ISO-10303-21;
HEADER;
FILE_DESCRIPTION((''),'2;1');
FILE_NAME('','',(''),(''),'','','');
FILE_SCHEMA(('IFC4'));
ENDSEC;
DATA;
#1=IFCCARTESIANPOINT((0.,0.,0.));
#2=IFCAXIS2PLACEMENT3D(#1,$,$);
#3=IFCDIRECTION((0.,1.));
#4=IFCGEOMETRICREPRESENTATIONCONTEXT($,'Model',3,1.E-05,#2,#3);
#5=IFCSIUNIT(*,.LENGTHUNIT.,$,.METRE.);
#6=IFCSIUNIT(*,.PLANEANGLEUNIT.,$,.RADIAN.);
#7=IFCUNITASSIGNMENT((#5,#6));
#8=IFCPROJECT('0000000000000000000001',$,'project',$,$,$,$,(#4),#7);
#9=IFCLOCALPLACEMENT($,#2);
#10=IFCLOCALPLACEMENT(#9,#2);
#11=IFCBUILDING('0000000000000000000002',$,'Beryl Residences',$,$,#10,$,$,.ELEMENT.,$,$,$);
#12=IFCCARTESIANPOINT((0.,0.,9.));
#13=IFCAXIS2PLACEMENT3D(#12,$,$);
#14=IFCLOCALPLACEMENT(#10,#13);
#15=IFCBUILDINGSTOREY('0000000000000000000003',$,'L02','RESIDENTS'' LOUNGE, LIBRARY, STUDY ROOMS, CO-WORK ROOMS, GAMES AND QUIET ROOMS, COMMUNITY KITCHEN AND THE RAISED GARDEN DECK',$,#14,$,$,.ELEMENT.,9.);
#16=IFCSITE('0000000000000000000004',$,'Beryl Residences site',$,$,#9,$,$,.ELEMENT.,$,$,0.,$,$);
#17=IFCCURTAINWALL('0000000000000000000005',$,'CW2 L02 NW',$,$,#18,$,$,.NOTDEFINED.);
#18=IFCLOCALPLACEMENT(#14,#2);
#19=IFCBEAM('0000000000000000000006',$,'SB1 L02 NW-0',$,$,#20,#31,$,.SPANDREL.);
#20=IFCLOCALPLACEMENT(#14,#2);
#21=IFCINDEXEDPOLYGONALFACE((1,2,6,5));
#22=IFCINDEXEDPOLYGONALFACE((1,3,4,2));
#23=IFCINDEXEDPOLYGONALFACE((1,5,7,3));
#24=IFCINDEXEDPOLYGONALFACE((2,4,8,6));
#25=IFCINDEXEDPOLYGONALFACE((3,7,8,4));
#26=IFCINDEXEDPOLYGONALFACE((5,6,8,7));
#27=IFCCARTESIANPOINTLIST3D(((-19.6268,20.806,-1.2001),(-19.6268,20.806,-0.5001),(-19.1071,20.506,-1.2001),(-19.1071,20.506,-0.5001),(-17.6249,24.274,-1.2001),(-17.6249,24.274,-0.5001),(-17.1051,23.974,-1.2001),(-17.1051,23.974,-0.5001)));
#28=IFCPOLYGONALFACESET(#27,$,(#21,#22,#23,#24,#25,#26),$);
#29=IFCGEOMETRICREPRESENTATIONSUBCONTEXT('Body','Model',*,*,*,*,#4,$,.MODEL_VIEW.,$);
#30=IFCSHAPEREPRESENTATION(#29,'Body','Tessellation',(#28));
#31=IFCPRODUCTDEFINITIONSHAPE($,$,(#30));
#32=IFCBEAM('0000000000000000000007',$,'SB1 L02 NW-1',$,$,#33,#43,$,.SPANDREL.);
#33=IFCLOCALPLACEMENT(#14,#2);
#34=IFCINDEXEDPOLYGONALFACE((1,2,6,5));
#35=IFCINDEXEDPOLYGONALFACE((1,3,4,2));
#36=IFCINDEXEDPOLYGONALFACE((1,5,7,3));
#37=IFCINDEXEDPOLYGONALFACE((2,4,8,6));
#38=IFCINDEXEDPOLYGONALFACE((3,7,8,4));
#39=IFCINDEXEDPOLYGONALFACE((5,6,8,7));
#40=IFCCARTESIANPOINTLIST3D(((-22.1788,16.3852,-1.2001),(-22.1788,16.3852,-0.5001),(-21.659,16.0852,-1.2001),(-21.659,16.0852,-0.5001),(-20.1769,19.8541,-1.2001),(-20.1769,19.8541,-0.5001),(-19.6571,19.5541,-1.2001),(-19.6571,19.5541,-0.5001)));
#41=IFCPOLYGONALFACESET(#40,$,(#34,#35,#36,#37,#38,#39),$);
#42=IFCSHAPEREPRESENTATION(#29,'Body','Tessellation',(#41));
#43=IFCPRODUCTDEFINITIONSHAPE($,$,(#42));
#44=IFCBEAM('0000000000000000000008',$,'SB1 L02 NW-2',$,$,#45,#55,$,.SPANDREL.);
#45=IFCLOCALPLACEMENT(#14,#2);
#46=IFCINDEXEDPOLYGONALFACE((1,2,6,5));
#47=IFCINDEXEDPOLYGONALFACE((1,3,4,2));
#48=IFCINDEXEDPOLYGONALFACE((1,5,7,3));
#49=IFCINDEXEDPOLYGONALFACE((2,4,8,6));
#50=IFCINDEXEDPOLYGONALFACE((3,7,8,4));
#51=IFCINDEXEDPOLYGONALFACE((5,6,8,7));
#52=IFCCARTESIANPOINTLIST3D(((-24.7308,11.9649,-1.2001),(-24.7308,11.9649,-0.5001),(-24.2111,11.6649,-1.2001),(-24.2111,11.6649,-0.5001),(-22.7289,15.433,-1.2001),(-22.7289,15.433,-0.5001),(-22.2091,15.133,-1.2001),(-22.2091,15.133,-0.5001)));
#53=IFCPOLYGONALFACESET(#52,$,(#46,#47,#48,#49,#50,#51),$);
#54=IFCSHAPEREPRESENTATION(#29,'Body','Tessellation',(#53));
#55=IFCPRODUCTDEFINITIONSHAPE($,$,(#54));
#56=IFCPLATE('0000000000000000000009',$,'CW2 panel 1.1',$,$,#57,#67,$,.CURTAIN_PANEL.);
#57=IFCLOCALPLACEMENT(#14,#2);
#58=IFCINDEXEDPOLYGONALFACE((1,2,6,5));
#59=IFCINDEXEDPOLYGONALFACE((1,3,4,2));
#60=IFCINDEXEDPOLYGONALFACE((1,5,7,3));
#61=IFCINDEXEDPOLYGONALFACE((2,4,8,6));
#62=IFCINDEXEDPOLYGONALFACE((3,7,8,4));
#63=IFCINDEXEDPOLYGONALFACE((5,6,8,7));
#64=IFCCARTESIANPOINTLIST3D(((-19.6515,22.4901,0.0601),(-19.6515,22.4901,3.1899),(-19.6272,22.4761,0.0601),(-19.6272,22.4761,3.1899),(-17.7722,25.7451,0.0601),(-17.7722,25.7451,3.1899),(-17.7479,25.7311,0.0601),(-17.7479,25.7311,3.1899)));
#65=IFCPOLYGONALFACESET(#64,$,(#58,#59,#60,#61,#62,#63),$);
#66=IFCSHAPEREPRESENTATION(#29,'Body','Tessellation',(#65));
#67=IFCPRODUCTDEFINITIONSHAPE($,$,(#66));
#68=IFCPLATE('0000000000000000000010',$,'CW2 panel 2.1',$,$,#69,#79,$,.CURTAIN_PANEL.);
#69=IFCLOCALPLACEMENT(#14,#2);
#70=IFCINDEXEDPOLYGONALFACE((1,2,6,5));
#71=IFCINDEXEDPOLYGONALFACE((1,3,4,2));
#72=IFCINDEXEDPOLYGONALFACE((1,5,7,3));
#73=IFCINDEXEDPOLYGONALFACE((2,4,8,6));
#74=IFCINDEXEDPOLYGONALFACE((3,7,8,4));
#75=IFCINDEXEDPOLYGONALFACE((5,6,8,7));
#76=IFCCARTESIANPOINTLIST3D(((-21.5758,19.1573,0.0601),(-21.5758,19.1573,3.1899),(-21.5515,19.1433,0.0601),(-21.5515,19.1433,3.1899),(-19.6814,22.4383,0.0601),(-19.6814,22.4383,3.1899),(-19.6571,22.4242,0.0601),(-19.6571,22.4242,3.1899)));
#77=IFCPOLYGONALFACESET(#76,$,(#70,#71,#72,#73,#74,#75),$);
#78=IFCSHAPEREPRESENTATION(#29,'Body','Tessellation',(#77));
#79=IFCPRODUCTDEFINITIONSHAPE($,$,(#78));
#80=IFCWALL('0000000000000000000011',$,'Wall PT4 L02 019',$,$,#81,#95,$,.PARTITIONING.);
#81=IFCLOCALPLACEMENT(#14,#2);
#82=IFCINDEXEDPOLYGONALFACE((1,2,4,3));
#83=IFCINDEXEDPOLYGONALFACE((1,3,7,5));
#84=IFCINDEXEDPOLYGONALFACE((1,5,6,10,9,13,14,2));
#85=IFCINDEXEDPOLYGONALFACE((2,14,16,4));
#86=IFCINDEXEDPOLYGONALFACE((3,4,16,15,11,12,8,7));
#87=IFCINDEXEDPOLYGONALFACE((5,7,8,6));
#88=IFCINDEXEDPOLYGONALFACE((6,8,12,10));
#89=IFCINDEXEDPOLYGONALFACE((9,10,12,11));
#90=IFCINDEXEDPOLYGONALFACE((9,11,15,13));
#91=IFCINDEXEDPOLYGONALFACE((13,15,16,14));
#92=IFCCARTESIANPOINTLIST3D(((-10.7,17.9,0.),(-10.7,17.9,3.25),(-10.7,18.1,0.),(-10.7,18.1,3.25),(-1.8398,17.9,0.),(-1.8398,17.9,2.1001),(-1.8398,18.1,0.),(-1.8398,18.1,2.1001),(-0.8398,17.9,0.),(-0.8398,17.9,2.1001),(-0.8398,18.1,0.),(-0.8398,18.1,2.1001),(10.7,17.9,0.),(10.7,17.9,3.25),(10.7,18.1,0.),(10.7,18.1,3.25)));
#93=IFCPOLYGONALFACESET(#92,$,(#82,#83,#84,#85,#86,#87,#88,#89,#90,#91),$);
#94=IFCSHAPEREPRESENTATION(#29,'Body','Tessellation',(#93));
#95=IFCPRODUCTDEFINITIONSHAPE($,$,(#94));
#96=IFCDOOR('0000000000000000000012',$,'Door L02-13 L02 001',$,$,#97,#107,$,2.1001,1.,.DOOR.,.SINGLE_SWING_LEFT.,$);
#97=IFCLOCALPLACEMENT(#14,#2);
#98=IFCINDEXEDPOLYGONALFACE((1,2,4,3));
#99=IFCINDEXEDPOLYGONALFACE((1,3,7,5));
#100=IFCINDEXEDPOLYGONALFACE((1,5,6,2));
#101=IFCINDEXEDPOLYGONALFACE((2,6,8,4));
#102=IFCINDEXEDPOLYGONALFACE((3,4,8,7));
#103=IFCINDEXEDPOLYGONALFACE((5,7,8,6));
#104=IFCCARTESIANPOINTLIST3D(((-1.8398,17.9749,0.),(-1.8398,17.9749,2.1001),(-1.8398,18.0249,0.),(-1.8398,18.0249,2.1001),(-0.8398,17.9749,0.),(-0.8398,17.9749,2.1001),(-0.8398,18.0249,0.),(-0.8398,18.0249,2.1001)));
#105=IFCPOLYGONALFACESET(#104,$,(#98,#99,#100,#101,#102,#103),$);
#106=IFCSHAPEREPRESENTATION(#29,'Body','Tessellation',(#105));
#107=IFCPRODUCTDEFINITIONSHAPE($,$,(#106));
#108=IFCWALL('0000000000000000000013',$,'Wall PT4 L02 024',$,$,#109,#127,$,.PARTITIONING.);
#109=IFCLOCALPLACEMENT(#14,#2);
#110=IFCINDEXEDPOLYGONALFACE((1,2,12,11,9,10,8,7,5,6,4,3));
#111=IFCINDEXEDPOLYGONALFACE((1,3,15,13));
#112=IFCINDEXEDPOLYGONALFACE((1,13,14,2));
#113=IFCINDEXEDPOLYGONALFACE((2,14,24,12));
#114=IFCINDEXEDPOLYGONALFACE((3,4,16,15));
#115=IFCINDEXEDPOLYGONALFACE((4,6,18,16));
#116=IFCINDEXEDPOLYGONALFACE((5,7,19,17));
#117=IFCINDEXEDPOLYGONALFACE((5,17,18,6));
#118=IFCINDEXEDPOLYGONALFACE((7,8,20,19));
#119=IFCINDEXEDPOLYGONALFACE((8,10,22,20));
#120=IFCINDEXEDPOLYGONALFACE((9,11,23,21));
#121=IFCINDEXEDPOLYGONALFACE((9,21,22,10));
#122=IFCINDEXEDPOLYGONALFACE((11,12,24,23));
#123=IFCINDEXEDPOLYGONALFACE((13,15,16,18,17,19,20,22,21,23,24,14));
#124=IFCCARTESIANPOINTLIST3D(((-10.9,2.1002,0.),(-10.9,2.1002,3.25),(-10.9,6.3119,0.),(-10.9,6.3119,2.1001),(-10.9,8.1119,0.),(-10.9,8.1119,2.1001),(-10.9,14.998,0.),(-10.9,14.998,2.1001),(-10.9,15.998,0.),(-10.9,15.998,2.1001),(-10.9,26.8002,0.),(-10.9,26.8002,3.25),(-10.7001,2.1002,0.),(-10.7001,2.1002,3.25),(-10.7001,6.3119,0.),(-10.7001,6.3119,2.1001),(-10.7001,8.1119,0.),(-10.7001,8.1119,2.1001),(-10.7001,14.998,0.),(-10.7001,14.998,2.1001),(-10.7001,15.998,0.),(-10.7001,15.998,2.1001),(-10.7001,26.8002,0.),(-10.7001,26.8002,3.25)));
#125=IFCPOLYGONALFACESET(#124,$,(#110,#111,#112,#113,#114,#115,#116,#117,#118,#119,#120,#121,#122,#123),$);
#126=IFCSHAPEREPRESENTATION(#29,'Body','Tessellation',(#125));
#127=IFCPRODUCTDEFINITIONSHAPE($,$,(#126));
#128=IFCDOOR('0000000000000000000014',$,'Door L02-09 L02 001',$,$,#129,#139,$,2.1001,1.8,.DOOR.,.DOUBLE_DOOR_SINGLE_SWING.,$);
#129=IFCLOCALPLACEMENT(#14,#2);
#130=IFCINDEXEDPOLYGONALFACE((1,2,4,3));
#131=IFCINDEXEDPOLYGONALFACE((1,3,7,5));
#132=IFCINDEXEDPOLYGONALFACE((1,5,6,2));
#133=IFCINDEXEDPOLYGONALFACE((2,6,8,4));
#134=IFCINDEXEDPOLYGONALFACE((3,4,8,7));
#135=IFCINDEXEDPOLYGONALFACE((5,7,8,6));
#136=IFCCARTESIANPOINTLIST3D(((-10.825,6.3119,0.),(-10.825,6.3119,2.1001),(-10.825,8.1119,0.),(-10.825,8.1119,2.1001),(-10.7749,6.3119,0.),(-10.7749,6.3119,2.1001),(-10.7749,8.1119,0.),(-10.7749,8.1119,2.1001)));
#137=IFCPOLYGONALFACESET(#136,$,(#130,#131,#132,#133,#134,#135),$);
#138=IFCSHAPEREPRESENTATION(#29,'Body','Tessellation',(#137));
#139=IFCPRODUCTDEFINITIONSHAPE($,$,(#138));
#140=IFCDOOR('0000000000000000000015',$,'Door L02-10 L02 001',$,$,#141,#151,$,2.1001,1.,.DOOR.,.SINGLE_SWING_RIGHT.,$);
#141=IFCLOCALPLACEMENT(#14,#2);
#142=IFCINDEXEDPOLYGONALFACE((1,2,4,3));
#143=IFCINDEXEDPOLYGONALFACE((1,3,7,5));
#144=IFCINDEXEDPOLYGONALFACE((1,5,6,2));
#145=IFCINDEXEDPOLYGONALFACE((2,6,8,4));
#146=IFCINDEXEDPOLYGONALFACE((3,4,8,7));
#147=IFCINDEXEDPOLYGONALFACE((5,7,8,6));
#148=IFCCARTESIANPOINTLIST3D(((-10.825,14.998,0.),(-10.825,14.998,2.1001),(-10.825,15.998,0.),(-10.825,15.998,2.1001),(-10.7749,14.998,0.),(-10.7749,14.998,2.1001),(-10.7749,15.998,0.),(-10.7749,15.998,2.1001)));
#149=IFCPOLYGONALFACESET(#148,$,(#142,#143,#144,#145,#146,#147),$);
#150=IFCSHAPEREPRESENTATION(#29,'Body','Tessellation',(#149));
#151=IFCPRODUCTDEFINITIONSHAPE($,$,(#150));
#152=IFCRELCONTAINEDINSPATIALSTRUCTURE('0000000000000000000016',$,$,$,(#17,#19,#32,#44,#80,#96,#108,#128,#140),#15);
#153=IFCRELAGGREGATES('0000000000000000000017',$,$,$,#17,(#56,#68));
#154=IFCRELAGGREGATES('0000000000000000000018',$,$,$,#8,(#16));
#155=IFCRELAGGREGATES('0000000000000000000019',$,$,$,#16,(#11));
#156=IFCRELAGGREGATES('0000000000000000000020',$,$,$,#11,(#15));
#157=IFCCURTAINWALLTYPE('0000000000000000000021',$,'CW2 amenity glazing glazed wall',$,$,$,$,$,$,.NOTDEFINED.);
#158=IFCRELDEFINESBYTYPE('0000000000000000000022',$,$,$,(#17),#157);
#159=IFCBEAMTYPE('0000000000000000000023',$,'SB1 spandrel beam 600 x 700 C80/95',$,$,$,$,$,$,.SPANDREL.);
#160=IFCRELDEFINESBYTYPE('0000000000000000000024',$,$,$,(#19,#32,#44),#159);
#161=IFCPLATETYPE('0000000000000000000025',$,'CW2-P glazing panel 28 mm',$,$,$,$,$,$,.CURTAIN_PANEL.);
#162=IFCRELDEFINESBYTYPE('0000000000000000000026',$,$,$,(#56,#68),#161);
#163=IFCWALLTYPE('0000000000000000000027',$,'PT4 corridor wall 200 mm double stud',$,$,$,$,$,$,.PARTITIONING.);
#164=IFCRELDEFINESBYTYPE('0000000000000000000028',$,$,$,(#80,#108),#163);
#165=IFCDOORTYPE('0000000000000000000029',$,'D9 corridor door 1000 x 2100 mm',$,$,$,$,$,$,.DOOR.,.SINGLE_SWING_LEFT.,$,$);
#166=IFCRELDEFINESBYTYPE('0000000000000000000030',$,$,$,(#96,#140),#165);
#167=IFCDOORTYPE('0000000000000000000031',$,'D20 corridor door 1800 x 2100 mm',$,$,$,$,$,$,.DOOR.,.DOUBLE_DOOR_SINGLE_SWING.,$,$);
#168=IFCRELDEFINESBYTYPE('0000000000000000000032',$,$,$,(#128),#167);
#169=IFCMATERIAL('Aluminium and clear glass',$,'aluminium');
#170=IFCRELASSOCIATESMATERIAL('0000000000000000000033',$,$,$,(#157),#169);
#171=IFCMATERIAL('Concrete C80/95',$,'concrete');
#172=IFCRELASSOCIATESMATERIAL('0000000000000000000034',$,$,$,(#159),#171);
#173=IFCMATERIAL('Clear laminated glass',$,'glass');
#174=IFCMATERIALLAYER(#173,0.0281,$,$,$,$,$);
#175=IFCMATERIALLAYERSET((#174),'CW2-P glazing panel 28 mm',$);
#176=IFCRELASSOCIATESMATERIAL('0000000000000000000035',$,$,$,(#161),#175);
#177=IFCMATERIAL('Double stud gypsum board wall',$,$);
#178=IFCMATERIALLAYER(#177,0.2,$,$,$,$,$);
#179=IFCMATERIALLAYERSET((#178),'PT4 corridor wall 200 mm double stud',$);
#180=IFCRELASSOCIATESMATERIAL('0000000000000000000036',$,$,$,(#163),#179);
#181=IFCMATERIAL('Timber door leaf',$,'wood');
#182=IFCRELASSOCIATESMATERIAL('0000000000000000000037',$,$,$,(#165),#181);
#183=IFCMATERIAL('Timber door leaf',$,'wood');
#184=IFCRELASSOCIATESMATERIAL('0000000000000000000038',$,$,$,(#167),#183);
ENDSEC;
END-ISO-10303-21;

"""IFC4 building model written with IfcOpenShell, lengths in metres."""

from ifc_helpers import new_model, si_unit, direction, frame, frame_2d, origin, origin_2d, place, context, subcontext, project, spatial, rectangle, extrude, material, layer, layer_set, material_profile, profile_set, type_object, element, fill, aggregate, save


model = new_model("IFC4")

# Units and contexts
model_context = context("Model", 3, precision=1e-05, world=origin(), true_north=direction((0.0, 1.0)))
body_context = subcontext(model_context, "Body", "Model", "MODEL_VIEW")
ifc_project = project(units=[si_unit("LENGTHUNIT", "METRE"), si_unit("PLANEANGLEUNIT", "RADIAN")], contexts=[model_context])

# Site, building, storey
site_placement = place(None, origin())
site = spatial("IfcSite", under=ifc_project, at=site_placement, Name="Beryl Residences site", CompositionType="ELEMENT", RefElevation=0.0)
building_placement = place(site_placement, origin())
building = spatial("IfcBuilding", under=site, at=building_placement, Name="Beryl Residences", CompositionType="ELEMENT")
storey_placement = place(building_placement, frame((0.0, 0.0, 9.0)))
storey = spatial("IfcBuildingStorey", under=building, at=storey_placement, Name="L02", Description="RESIDENTS' LOUNGE, LIBRARY, STUDY ROOMS, CO-WORK ROOMS, GAMES AND QUIET ROOMS, COMMUNITY KITCHEN AND THE RAISED GARDEN DECK", CompositionType="ELEMENT", Elevation=9.0)

# Curtain wall
ifc_material_1 = material(Name="Aluminium and clear glass", Category="aluminium")
curtain_wall_type = type_object("IfcCurtainWallType", Name="CW2 amenity glazing glazed wall", PredefinedType="NOTDEFINED", material=ifc_material_1)
curtain_wall_placement = place(storey_placement, origin())
curtain_wall = element("IfcCurtainWall", 1, at=curtain_wall_placement, inside=storey, type_object=curtain_wall_type, Name="CW2 L02 NW", PredefinedType="NOTDEFINED")

# Beams
ifc_material_2 = material(Name="Concrete C80/95", Category="concrete")
ifc_material_profile_1 = material_profile(ifc_material_2, rectangle(XDim=0.6001, YDim=0.7, at=origin_2d()))
ifc_profile_set_1 = profile_set([ifc_material_profile_1], Name="Concrete C80/95")
beam_type = type_object("IfcBeamType", Name="SB1 spandrel beam 600 x 700 C80/95", PredefinedType="SPANDREL", material=ifc_profile_set_1)
beam_1_placement = place(storey_placement, frame((-17.365, 24.124, -0.8501), z_axis=(-0.499942, -0.866059, 0.0), x_axis=(0.866059, -0.499942, 0.0)))
element("IfcBeam", 2, at=beam_1_placement, inside=storey, type_object=beam_type, Name="SB1 L02 NW-0", PredefinedType="SPANDREL", context=body_context, shape_type="SweptSolid", body=[
    extrude(rectangle(XDim=0.6001, YDim=0.7, at=origin_2d()), origin(), (0.0, 0.0, 1.0), 4.0044),
])
beam_2_placement = place(storey_placement, frame((-19.917, 19.7041, -0.8501), z_axis=(-0.499837, -0.86612, 0.0), x_axis=(0.86612, -0.499837, 0.0)))
element("IfcBeam", 3, at=beam_2_placement, inside=storey, type_object=beam_type, Name="SB1 L02 NW-1", PredefinedType="SPANDREL", context=body_context, shape_type="SweptSolid", body=[
    extrude(rectangle(XDim=0.6001, YDim=0.7, at=origin_2d()), origin(), (0.0, 0.0, 1.0), 4.0051),
])
beam_3_placement = place(storey_placement, frame((-22.469, 15.283, -0.8501), z_axis=(-0.499942, -0.866059, 0.0), x_axis=(0.866059, -0.499942, 0.0)))
element("IfcBeam", 4, at=beam_3_placement, inside=storey, type_object=beam_type, Name="SB1 L02 NW-2", PredefinedType="SPANDREL", context=body_context, shape_type="SweptSolid", body=[
    extrude(rectangle(XDim=0.6001, YDim=0.7, at=origin_2d()), origin(), (0.0, 0.0, 1.0), 4.0044),
])

# Plates
ifc_material_3 = material(Name="Clear laminated glass", Category="glass")
ifc_layer_1 = layer(ifc_material_3, 0.0281)
ifc_layer_set_1 = layer_set([ifc_layer_1], Name="CW2-P glazing panel 28 mm")
plate_type = type_object("IfcPlateType", Name="CW2-P glazing panel 28 mm", PredefinedType="CURTAIN_PANEL", material=ifc_layer_set_1)
plate_1_placement = place(storey_placement, frame((-18.6997, 24.1106, 0.0601), z_axis=(0.0, 0.0, 1.0), x_axis=(-0.500012, -0.866019, 0.0)))
plate_1 = element("IfcPlate", 5, at=plate_1_placement, type_object=plate_type, Name="CW2 panel 1.1", PredefinedType="CURTAIN_PANEL", context=body_context, shape_type="SweptSolid", body=[
    extrude(rectangle(XDim=3.7585, YDim=0.0281, at=origin_2d()), origin(), (0.0, 0.0, 1.0), 3.1299),
])
plate_2_placement = place(storey_placement, frame((-20.6165, 20.7908, 0.0601), z_axis=(0.0, 0.0, 1.0), x_axis=(-0.500012, -0.866019, 0.0)))
plate_2 = element("IfcPlate", 6, at=plate_2_placement, type_object=plate_type, Name="CW2 panel 2.1", PredefinedType="CURTAIN_PANEL", context=body_context, shape_type="SweptSolid", body=[
    extrude(rectangle(XDim=3.7886, YDim=0.0281, at=origin_2d()), origin(), (0.0, 0.0, 1.0), 3.1299),
])
aggregate(curtain_wall, [plate_1, plate_2])

# Wall, opening, door
ifc_material_4 = material(Name="Double stud gypsum board wall")
ifc_layer_2 = layer(ifc_material_4, 0.2)
ifc_layer_set_2 = layer_set([ifc_layer_2], Name="PT4 corridor wall 200 mm double stud")
wall_type = type_object("IfcWallType", Name="PT4 corridor wall 200 mm double stud", PredefinedType="PARTITIONING", material=ifc_layer_set_2)
wall_1_placement = place(storey_placement, frame((-10.7, 18.0, 0.0), z_axis=(0.0, 0.0, 1.0), x_axis=(1.0, 0.0, 0.0)))
wall_1 = element("IfcWall", 7, at=wall_1_placement, inside=storey, type_object=wall_type, Name="Wall PT4 L02 019", PredefinedType="PARTITIONING", context=body_context, shape_type="SweptSolid", body=[
    extrude(rectangle(XDim=21.3999, YDim=0.2, at=frame_2d((10.7, 0.0))), origin(), (0.0, 0.0, 1.0), 3.25),
])
opening_1_placement = place(wall_1_placement, frame((8.8601, 0.0, 0.0)))
opening_1 = element("IfcOpeningElement", 8, at=opening_1_placement, cuts=wall_1, PredefinedType="OPENING", context=body_context, shape_type="SweptSolid", body=[
    extrude(rectangle(XDim=1.0, YDim=2.1001, at=frame_2d((0.5, 1.05))), frame((0.0, 0.1099, 0.0), z_axis=(0.0, -1.0, 0.0), x_axis=(1.0, 0.0, 0.0)), (0.0, 0.0, 1.0), 0.22),
])
ifc_material_5 = material(Name="Timber door leaf", Category="wood")
door_type_1 = type_object("IfcDoorType", Name="D9 corridor door 1000 x 2100 mm", OperationType="SINGLE_SWING_LEFT", PredefinedType="DOOR", material=ifc_material_5)
door_1_placement = place(opening_1_placement, origin())
door_1 = element("IfcDoor", 9, at=door_1_placement, inside=storey, type_object=door_type_1, Name="Door L02-13 L02 001", OperationType="SINGLE_SWING_LEFT", OverallHeight=2.1001, OverallWidth=1.0, PredefinedType="DOOR", context=body_context, shape_type="SweptSolid", body=[
    extrude(rectangle(XDim=1.0, YDim=2.1001, at=frame_2d((0.5, 1.05))), frame((0.0, 0.0249, 0.0), z_axis=(0.0, -1.0, 0.0), x_axis=(1.0, 0.0, 0.0)), (0.0, 0.0, 1.0), 0.05),
])
fill(opening_1, door_1)

# Wall, openings, doors
wall_2_placement = place(storey_placement, frame((-10.8, 2.1001, 0.0), z_axis=(0.0, 0.0, 1.0), x_axis=(0.0, 1.0, 0.0)))
wall_2 = element("IfcWall", 10, at=wall_2_placement, inside=storey, type_object=wall_type, Name="Wall PT4 L02 024", PredefinedType="PARTITIONING", context=body_context, shape_type="SweptSolid", body=[
    extrude(rectangle(XDim=24.7, YDim=0.2, at=frame_2d((12.3501, 0.0))), origin(), (0.0, 0.0, 1.0), 3.25),
])
opening_2_placement = place(wall_2_placement, frame((4.2119, 0.0, 0.0)))
opening_2 = element("IfcOpeningElement", 11, at=opening_2_placement, cuts=wall_2, PredefinedType="OPENING", context=body_context, shape_type="SweptSolid", body=[
    extrude(rectangle(XDim=1.8, YDim=2.1001, at=frame_2d((0.8999, 1.05))), frame((0.0, 0.1099, 0.0), z_axis=(0.0, -1.0, 0.0), x_axis=(1.0, 0.0, 0.0)), (0.0, 0.0, 1.0), 0.22),
])
opening_3_placement = place(wall_2_placement, frame((12.8979, 0.0, 0.0)))
opening_3 = element("IfcOpeningElement", 12, at=opening_3_placement, cuts=wall_2, PredefinedType="OPENING", context=body_context, shape_type="SweptSolid", body=[
    extrude(rectangle(XDim=1.0, YDim=2.1001, at=frame_2d((0.5, 1.05))), frame((0.0, 0.1099, 0.0), z_axis=(0.0, -1.0, 0.0), x_axis=(1.0, 0.0, 0.0)), (0.0, 0.0, 1.0), 0.22),
])
ifc_material_6 = material(Name="Timber door leaf", Category="wood")
door_type_2 = type_object("IfcDoorType", Name="D20 corridor door 1800 x 2100 mm", OperationType="DOUBLE_DOOR_SINGLE_SWING", PredefinedType="DOOR", material=ifc_material_6)
door_2_placement = place(opening_2_placement, origin())
door_2 = element("IfcDoor", 13, at=door_2_placement, inside=storey, type_object=door_type_2, Name="Door L02-09 L02 001", OperationType="DOUBLE_DOOR_SINGLE_SWING", OverallHeight=2.1001, OverallWidth=1.8, PredefinedType="DOOR", context=body_context, shape_type="SweptSolid", body=[
    extrude(rectangle(XDim=1.8, YDim=2.1001, at=frame_2d((0.8999, 1.05))), frame((0.0, 0.0249, 0.0), z_axis=(0.0, -1.0, 0.0), x_axis=(1.0, 0.0, 0.0)), (0.0, 0.0, 1.0), 0.05),
])
fill(opening_2, door_2)
door_3_placement = place(opening_3_placement, origin())
door_3 = element("IfcDoor", 14, at=door_3_placement, inside=storey, type_object=door_type_1, Name="Door L02-10 L02 001", OperationType="SINGLE_SWING_RIGHT", OverallHeight=2.1001, OverallWidth=1.0, PredefinedType="DOOR", context=body_context, shape_type="SweptSolid", body=[
    extrude(rectangle(XDim=1.0, YDim=2.1001, at=frame_2d((0.5, 1.05))), frame((0.0, 0.0249, 0.0), z_axis=(0.0, -1.0, 0.0), x_axis=(1.0, 0.0, 0.0)), (0.0, 0.0, 1.0), 0.05),
])
fill(opening_3, door_3)

save(model, "model.ifc")
